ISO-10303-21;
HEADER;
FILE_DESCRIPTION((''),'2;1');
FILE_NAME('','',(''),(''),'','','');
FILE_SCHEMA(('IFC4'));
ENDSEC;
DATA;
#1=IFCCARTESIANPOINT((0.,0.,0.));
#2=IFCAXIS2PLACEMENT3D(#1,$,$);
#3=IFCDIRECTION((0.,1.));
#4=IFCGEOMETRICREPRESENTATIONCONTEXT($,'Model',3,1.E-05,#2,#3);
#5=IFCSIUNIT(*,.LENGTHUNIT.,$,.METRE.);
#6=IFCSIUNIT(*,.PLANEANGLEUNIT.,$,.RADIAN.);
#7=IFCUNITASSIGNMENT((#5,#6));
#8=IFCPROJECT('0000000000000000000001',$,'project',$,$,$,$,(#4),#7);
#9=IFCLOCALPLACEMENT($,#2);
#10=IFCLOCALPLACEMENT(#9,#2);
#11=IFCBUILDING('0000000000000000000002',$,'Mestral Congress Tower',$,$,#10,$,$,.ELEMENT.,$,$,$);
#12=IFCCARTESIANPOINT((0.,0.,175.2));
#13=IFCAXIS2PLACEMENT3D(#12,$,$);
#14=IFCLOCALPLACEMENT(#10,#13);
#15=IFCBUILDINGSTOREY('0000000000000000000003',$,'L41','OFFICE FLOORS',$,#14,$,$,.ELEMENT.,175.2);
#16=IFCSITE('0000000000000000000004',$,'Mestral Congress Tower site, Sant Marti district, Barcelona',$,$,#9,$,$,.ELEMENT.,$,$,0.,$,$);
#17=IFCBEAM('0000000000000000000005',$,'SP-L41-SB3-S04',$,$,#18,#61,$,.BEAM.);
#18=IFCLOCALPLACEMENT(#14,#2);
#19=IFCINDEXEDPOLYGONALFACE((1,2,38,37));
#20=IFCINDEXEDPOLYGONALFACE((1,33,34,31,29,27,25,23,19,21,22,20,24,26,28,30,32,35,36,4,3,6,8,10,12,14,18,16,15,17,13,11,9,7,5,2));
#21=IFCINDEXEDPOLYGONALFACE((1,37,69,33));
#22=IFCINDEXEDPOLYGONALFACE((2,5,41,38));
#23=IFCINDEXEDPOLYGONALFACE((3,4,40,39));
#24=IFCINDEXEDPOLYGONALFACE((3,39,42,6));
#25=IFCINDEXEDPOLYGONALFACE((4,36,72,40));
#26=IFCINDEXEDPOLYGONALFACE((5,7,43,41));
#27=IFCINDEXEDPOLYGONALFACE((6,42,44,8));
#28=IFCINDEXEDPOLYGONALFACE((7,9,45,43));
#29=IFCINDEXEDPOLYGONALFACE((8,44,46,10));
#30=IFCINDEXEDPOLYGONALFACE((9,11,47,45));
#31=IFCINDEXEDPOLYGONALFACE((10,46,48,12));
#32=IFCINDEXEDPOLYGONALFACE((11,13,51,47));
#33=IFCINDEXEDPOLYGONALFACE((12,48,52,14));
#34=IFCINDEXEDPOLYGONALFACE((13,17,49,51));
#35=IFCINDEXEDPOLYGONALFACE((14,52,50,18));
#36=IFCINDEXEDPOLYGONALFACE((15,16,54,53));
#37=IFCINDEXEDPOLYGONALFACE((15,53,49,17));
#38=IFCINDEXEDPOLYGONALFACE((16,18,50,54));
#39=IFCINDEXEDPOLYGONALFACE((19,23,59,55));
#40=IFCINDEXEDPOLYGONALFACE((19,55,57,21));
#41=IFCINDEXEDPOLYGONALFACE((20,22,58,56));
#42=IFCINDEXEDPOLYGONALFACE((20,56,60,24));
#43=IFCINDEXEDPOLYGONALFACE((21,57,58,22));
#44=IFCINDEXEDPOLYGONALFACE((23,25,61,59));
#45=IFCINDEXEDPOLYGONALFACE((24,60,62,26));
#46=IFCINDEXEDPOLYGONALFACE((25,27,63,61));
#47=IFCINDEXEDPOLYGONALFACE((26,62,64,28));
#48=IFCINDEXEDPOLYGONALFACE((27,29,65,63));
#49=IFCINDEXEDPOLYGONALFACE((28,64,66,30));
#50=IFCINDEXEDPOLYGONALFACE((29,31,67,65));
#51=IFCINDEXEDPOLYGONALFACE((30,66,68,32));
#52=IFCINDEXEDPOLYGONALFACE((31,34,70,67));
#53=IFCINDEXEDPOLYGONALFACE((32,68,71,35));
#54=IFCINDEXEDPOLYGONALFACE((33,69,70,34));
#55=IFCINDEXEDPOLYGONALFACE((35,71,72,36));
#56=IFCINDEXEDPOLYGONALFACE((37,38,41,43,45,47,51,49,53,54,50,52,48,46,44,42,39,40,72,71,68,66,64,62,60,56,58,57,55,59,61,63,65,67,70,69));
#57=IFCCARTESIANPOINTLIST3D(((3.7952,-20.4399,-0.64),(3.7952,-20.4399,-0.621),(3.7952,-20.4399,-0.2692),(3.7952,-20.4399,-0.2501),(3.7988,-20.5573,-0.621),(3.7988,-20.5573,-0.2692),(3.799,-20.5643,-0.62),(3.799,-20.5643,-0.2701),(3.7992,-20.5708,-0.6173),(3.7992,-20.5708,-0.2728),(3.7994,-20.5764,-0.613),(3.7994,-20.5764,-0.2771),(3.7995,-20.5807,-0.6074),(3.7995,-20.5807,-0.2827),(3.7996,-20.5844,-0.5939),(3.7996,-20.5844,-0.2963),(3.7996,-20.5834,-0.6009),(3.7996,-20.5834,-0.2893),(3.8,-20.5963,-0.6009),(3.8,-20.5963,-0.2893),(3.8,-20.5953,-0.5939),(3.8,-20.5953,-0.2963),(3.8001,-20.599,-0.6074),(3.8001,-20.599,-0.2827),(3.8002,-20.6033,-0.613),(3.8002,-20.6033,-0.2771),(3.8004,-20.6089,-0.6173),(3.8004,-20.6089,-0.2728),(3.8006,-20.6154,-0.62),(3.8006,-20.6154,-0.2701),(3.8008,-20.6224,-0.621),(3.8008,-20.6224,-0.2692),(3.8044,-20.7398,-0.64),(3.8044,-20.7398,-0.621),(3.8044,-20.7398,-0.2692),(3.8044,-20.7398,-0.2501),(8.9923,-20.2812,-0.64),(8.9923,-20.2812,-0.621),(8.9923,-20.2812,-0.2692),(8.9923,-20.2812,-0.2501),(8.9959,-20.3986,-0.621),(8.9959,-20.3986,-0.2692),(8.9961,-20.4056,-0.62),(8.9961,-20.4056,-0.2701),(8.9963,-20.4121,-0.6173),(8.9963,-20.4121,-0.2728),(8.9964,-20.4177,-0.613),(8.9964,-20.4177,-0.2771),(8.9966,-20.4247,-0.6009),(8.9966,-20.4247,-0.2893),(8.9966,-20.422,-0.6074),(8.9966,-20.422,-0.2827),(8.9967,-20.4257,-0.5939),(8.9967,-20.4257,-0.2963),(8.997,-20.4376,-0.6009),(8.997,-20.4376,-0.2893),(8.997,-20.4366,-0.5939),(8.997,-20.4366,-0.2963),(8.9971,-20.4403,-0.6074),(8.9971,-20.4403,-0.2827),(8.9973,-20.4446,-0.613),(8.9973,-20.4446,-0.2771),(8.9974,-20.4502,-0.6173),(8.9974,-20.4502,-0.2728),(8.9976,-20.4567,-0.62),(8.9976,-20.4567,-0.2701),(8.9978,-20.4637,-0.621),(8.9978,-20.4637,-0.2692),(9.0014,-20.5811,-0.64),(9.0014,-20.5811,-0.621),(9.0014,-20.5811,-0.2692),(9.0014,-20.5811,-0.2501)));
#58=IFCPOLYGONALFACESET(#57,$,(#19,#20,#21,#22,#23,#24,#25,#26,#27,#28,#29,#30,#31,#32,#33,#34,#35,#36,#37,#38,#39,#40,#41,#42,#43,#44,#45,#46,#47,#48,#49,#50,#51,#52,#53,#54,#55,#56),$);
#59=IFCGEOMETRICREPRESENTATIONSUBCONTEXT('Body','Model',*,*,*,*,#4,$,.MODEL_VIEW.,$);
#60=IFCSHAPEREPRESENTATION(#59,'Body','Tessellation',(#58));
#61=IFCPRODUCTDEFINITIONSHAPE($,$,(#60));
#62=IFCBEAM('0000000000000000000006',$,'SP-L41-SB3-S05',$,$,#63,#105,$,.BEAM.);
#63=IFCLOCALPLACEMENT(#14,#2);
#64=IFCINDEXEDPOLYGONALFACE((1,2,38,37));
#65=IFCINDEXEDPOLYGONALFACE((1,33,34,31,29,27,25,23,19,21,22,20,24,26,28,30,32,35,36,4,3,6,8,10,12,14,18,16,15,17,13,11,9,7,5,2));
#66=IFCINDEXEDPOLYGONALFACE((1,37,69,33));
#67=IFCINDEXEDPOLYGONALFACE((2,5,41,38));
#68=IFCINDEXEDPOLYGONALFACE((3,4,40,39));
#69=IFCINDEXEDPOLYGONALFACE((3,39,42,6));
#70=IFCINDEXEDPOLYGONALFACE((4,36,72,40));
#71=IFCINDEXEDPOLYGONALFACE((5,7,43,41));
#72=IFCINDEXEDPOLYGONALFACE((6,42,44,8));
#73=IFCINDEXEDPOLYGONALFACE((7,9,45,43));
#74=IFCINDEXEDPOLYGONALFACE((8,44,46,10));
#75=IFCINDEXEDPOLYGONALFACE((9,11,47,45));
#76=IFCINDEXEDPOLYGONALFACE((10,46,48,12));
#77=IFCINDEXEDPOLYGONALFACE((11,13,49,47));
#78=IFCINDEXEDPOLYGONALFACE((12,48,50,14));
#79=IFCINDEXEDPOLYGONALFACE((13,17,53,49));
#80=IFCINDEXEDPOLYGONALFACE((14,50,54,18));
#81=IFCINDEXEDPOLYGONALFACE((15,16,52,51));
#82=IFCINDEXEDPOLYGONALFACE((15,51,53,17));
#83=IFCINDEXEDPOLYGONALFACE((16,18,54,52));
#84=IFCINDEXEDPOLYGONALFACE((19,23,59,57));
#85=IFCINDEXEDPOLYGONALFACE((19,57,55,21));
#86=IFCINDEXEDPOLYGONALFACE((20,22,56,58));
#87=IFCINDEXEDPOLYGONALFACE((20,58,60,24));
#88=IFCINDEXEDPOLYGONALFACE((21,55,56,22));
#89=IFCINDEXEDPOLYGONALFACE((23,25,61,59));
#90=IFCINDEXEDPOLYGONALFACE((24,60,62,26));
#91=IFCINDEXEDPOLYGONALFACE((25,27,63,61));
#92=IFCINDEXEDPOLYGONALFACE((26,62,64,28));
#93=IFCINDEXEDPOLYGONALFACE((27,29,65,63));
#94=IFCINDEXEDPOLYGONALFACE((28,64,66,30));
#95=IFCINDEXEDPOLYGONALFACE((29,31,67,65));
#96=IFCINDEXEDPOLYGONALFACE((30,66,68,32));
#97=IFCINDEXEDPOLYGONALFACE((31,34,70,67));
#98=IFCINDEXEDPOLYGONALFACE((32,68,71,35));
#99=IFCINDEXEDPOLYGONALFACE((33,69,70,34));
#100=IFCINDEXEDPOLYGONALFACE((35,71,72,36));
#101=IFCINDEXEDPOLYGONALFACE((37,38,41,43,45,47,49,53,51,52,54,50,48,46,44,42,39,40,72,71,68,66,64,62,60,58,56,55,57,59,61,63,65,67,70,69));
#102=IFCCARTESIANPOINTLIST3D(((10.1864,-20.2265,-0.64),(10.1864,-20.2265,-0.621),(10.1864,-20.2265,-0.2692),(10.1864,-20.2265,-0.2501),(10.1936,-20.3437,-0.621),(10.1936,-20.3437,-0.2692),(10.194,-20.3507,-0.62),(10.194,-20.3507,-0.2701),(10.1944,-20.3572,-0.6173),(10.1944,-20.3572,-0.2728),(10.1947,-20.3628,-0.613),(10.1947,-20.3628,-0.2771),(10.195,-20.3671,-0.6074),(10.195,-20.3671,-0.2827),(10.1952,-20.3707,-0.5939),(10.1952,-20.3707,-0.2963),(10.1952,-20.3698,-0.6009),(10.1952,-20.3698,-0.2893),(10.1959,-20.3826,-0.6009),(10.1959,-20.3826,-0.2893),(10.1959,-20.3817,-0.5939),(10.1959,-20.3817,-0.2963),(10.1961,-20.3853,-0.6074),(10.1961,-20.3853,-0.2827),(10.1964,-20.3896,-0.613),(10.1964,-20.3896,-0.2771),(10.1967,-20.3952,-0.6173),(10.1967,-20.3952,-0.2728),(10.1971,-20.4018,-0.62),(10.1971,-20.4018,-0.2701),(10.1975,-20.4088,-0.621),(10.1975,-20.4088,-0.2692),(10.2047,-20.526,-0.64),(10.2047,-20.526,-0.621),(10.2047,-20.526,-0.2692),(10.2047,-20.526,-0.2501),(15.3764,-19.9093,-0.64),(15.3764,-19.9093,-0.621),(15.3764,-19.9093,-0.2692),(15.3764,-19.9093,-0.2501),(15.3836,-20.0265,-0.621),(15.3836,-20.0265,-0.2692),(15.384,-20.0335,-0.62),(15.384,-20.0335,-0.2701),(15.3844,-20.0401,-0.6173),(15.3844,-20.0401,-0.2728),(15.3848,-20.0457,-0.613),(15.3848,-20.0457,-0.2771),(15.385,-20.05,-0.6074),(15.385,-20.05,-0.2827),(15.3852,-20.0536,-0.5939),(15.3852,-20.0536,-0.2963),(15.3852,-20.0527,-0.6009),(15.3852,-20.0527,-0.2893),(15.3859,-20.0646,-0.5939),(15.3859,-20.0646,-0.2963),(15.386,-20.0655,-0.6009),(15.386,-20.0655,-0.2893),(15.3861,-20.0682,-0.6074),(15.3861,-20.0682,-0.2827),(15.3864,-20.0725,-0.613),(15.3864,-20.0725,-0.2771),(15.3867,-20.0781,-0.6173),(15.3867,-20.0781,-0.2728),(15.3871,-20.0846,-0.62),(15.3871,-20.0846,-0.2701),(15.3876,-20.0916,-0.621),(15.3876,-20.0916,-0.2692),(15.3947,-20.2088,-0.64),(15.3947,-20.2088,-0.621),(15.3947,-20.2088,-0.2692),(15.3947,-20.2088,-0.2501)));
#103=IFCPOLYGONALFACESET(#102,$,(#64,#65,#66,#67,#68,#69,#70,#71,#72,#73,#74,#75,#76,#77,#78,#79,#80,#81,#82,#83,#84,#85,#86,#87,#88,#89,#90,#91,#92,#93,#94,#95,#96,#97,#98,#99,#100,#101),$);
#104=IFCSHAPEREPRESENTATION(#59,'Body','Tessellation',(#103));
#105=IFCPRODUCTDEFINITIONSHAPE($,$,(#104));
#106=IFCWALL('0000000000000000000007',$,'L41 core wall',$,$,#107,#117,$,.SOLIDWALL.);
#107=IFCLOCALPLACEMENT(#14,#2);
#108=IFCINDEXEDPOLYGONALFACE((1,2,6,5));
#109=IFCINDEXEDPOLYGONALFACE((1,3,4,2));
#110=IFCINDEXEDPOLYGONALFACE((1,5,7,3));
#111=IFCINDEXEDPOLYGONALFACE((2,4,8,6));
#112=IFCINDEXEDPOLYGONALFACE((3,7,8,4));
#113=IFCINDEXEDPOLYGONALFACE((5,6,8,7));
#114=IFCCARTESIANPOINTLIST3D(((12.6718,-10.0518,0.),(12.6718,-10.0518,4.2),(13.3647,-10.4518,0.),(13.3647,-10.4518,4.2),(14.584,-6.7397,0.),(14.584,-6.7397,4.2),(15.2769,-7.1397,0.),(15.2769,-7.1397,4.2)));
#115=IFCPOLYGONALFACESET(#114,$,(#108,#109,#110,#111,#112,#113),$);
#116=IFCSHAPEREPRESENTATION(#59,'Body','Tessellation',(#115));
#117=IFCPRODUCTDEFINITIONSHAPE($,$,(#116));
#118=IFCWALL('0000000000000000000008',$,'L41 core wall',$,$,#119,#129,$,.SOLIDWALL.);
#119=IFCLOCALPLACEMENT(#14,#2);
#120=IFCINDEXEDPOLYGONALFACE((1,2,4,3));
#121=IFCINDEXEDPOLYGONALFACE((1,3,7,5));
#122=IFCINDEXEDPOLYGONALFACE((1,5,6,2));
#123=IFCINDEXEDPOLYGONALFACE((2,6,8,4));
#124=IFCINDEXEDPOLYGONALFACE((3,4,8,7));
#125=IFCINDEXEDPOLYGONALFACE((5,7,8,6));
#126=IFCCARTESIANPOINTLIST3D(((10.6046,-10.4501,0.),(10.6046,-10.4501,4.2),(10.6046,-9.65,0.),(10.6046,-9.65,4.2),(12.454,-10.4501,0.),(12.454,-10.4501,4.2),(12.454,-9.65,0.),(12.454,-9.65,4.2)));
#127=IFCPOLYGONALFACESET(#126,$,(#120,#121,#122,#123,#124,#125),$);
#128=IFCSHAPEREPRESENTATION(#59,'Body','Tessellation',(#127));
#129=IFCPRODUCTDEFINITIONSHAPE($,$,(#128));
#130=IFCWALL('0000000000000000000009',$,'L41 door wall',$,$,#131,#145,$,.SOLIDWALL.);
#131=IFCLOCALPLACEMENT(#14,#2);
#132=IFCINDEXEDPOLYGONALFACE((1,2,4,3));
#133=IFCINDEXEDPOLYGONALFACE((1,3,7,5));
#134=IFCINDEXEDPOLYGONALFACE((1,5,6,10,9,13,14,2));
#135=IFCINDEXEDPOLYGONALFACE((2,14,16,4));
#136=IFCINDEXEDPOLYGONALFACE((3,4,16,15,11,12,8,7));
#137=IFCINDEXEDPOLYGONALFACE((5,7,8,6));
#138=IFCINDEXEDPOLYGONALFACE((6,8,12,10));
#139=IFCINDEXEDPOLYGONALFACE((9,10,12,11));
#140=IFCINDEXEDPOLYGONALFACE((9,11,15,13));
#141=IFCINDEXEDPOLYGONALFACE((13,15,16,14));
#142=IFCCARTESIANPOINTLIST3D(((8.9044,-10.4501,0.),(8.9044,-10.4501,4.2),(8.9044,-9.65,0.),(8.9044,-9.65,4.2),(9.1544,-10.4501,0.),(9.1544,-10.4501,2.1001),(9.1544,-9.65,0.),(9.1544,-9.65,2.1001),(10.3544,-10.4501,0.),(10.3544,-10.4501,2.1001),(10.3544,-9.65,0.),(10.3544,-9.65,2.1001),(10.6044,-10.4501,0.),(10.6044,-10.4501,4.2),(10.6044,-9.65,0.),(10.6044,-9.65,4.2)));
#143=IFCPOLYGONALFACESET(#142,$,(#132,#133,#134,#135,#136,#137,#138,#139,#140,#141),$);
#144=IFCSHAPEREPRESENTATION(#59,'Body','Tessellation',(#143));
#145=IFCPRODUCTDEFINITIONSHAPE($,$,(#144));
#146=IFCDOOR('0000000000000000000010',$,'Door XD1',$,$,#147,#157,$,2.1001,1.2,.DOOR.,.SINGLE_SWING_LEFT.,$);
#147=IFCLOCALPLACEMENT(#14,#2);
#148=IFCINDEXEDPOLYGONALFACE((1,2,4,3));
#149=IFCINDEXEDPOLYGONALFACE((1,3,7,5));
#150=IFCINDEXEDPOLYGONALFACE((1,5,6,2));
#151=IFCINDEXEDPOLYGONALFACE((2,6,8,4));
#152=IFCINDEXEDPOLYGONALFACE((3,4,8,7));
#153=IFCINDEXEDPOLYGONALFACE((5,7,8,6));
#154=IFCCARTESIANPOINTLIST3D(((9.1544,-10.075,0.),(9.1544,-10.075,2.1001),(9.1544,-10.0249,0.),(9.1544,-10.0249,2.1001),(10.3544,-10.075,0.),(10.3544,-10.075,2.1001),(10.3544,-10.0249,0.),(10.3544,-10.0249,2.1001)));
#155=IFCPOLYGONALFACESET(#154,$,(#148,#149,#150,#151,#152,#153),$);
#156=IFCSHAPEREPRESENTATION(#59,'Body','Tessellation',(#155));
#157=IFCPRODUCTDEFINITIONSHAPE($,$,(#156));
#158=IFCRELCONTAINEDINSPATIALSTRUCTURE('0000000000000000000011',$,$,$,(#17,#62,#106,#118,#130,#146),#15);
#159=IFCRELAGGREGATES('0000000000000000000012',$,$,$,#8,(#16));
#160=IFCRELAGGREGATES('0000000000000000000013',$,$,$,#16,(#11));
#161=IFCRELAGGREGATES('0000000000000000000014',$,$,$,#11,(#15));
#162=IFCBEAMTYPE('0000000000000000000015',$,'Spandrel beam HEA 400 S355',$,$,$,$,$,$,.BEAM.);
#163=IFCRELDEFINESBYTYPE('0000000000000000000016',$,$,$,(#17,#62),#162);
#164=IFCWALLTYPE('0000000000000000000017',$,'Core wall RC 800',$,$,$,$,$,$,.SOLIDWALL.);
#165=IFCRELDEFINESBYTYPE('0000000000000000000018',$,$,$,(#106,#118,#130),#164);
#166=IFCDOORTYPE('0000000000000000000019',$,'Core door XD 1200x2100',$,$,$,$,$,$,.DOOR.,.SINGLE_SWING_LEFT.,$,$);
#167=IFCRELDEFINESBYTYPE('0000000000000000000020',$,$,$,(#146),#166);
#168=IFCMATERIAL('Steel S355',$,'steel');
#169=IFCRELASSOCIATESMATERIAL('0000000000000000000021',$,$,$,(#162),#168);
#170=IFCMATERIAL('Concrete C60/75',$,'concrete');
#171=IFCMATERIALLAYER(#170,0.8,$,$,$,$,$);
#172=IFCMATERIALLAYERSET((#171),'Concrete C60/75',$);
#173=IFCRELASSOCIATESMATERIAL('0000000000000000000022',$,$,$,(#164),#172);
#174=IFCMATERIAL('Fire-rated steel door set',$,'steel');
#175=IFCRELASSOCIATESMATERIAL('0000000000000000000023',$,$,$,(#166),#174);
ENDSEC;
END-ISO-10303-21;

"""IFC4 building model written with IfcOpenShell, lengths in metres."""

from ifc_helpers import new_model, si_unit, direction, frame, frame_2d, origin, origin_2d, place, context, subcontext, project, spatial, rectangle, i_section, extrude, material, layer, layer_set, material_profile, profile_set, type_object, element, fill, save


model = new_model("IFC4")

# Units and contexts
model_context = context("Model", 3, precision=1e-05, world=origin(), true_north=direction((0.0, 1.0)))
body_context = subcontext(model_context, "Body", "Model", "MODEL_VIEW")
ifc_project = project(units=[si_unit("LENGTHUNIT", "METRE"), si_unit("PLANEANGLEUNIT", "RADIAN")], contexts=[model_context])

# Site, building, storey
site_placement = place(None, origin())
site = spatial("IfcSite", under=ifc_project, at=site_placement, Name="Mestral Congress Tower site, Sant Marti district, Barcelona", CompositionType="ELEMENT", RefElevation=0.0)
building_placement = place(site_placement, origin())
building = spatial("IfcBuilding", under=site, at=building_placement, Name="Mestral Congress Tower", CompositionType="ELEMENT")
storey_placement = place(building_placement, frame((0.0, 0.0, 175.2)))
storey = spatial("IfcBuildingStorey", under=building, at=storey_placement, Name="L41", Description="OFFICE FLOORS", CompositionType="ELEMENT", Elevation=175.2)

# Shared definitions
ifc_material_1 = material(Name="Concrete C60/75", Category="concrete")

# Beams
ifc_material_2 = material(Name="Steel S355", Category="steel")
ifc_material_profile_1 = material_profile(ifc_material_2, i_section(OverallWidth=0.3, OverallDepth=0.3899, WebThickness=0.011, FlangeThickness=0.019, FilletRadius=0.0271, at=origin_2d()), Name="HEA 400")
ifc_profile_set_1 = profile_set([ifc_material_profile_1], Name="Steel S355")
beam_type_1 = type_object("IfcBeamType", Name="Spandrel beam HEA 400 S355", PredefinedType="BEAM", material=ifc_profile_set_1)
beam_1_placement = place(storey_placement, frame((3.7998, -20.5898, -0.4451), z_axis=(0.999534, 0.030521, 0.0), x_axis=(-0.030521, 0.999534, 0.0)))
element("IfcBeam", 1, at=beam_1_placement, inside=storey, type_object=beam_type_1, Name="SP-L41-SB3-S04", PredefinedType="BEAM", context=body_context, shape_type="SweptSolid", body=[
    extrude(i_section(OverallWidth=0.3, OverallDepth=0.3899, WebThickness=0.011, FlangeThickness=0.019, FilletRadius=0.0271, at=origin_2d()), origin(), (0.0, 0.0, 1.0), 5.1995),
])
beam_2_placement = place(storey_placement, frame((10.1956, -20.3762, -0.4451), z_axis=(0.998138, 0.060993, 0.0), x_axis=(-0.060993, 0.998138, 0.0)))
element("IfcBeam", 2, at=beam_2_placement, inside=storey, type_object=beam_type_1, Name="SP-L41-SB3-S05", PredefinedType="BEAM", context=body_context, shape_type="SweptSolid", body=[
    extrude(i_section(OverallWidth=0.3, OverallDepth=0.3899, WebThickness=0.011, FlangeThickness=0.019, FilletRadius=0.0271, at=origin_2d()), origin(), (0.0, 0.0, 1.0), 5.1997),
])

# Walls
ifc_layer_1 = layer(ifc_material_1, 0.8)
ifc_layer_set_1 = layer_set([ifc_layer_1], Name="Concrete C60/75")
wall_type_1 = type_object("IfcWallType", Name="Core wall RC 800", PredefinedType="SOLIDWALL", material=ifc_layer_set_1)
wall_1_placement = place(storey_placement, frame((13.0183, -10.2517, 0.0), z_axis=(0.0, 0.0, 1.0), x_axis=(0.499984, 0.866035, 0.0)))
element("IfcWall", 3, at=wall_1_placement, inside=storey, type_object=wall_type_1, Name="L41 core wall", PredefinedType="SOLIDWALL", context=body_context, shape_type="SweptSolid", body=[
    extrude(rectangle(XDim=3.8245, YDim=0.8, at=frame_2d((1.9121, 0.0))), origin(), (0.0, 0.0, 1.0), 4.2),
])
wall_2_placement = place(storey_placement, frame((10.6045, -10.05, 0.0), z_axis=(0.0, 0.0, 1.0), x_axis=(1.0, 0.0, 0.0)))
element("IfcWall", 4, at=wall_2_placement, inside=storey, type_object=wall_type_1, Name="L41 core wall", PredefinedType="SOLIDWALL", context=body_context, shape_type="SweptSolid", body=[
    extrude(rectangle(XDim=1.8494, YDim=0.8, at=frame_2d((0.9248, 0.0))), origin(), (0.0, 0.0, 1.0), 4.2),
])

# Wall, opening, door
wall_3_placement = place(storey_placement, frame((10.6045, -10.05, 0.0), z_axis=(0.0, 0.0, 1.0), x_axis=(-1.0, 0.0, 0.0)))
wall_3 = element("IfcWall", 5, at=wall_3_placement, inside=storey, type_object=wall_type_1, Name="L41 door wall", PredefinedType="SOLIDWALL", context=body_context, shape_type="SweptSolid", body=[
    extrude(rectangle(XDim=1.7, YDim=0.8, at=frame_2d((0.8501, 0.0))), origin(), (0.0, 0.0, 1.0), 4.2),
])
opening_1_placement = place(wall_3_placement, frame((0.25, 0.0, 0.0)))
opening_1 = element("IfcOpeningElement", 6, at=opening_1_placement, cuts=wall_3, PredefinedType="OPENING", context=body_context, shape_type="SweptSolid", body=[
    extrude(rectangle(XDim=1.2, YDim=2.1001, at=frame_2d((0.6001, 1.05))), frame((0.0, 0.4099, 0.0), z_axis=(0.0, -1.0, 0.0), x_axis=(1.0, 0.0, 0.0)), (0.0, 0.0, 1.0), 0.8201),
])
ifc_material_3 = material(Name="Fire-rated steel door set", Category="steel")
door_type_1 = type_object("IfcDoorType", Name="Core door XD 1200x2100", OperationType="SINGLE_SWING_LEFT", PredefinedType="DOOR", material=ifc_material_3)
door_1_placement = place(opening_1_placement, origin())
door_1 = element("IfcDoor", 7, at=door_1_placement, inside=storey, type_object=door_type_1, Name="Door XD1", OperationType="SINGLE_SWING_LEFT", OverallHeight=2.1001, OverallWidth=1.2, PredefinedType="DOOR", context=body_context, shape_type="SweptSolid", body=[
    extrude(rectangle(XDim=1.2, YDim=2.1001, at=frame_2d((0.6001, 1.05))), frame((0.0, 0.0249, 0.0), z_axis=(0.0, -1.0, 0.0), x_axis=(1.0, 0.0, 0.0)), (0.0, 0.0, 1.0), 0.05),
])
fill(opening_1, door_1)

save(model, "model.ifc")
